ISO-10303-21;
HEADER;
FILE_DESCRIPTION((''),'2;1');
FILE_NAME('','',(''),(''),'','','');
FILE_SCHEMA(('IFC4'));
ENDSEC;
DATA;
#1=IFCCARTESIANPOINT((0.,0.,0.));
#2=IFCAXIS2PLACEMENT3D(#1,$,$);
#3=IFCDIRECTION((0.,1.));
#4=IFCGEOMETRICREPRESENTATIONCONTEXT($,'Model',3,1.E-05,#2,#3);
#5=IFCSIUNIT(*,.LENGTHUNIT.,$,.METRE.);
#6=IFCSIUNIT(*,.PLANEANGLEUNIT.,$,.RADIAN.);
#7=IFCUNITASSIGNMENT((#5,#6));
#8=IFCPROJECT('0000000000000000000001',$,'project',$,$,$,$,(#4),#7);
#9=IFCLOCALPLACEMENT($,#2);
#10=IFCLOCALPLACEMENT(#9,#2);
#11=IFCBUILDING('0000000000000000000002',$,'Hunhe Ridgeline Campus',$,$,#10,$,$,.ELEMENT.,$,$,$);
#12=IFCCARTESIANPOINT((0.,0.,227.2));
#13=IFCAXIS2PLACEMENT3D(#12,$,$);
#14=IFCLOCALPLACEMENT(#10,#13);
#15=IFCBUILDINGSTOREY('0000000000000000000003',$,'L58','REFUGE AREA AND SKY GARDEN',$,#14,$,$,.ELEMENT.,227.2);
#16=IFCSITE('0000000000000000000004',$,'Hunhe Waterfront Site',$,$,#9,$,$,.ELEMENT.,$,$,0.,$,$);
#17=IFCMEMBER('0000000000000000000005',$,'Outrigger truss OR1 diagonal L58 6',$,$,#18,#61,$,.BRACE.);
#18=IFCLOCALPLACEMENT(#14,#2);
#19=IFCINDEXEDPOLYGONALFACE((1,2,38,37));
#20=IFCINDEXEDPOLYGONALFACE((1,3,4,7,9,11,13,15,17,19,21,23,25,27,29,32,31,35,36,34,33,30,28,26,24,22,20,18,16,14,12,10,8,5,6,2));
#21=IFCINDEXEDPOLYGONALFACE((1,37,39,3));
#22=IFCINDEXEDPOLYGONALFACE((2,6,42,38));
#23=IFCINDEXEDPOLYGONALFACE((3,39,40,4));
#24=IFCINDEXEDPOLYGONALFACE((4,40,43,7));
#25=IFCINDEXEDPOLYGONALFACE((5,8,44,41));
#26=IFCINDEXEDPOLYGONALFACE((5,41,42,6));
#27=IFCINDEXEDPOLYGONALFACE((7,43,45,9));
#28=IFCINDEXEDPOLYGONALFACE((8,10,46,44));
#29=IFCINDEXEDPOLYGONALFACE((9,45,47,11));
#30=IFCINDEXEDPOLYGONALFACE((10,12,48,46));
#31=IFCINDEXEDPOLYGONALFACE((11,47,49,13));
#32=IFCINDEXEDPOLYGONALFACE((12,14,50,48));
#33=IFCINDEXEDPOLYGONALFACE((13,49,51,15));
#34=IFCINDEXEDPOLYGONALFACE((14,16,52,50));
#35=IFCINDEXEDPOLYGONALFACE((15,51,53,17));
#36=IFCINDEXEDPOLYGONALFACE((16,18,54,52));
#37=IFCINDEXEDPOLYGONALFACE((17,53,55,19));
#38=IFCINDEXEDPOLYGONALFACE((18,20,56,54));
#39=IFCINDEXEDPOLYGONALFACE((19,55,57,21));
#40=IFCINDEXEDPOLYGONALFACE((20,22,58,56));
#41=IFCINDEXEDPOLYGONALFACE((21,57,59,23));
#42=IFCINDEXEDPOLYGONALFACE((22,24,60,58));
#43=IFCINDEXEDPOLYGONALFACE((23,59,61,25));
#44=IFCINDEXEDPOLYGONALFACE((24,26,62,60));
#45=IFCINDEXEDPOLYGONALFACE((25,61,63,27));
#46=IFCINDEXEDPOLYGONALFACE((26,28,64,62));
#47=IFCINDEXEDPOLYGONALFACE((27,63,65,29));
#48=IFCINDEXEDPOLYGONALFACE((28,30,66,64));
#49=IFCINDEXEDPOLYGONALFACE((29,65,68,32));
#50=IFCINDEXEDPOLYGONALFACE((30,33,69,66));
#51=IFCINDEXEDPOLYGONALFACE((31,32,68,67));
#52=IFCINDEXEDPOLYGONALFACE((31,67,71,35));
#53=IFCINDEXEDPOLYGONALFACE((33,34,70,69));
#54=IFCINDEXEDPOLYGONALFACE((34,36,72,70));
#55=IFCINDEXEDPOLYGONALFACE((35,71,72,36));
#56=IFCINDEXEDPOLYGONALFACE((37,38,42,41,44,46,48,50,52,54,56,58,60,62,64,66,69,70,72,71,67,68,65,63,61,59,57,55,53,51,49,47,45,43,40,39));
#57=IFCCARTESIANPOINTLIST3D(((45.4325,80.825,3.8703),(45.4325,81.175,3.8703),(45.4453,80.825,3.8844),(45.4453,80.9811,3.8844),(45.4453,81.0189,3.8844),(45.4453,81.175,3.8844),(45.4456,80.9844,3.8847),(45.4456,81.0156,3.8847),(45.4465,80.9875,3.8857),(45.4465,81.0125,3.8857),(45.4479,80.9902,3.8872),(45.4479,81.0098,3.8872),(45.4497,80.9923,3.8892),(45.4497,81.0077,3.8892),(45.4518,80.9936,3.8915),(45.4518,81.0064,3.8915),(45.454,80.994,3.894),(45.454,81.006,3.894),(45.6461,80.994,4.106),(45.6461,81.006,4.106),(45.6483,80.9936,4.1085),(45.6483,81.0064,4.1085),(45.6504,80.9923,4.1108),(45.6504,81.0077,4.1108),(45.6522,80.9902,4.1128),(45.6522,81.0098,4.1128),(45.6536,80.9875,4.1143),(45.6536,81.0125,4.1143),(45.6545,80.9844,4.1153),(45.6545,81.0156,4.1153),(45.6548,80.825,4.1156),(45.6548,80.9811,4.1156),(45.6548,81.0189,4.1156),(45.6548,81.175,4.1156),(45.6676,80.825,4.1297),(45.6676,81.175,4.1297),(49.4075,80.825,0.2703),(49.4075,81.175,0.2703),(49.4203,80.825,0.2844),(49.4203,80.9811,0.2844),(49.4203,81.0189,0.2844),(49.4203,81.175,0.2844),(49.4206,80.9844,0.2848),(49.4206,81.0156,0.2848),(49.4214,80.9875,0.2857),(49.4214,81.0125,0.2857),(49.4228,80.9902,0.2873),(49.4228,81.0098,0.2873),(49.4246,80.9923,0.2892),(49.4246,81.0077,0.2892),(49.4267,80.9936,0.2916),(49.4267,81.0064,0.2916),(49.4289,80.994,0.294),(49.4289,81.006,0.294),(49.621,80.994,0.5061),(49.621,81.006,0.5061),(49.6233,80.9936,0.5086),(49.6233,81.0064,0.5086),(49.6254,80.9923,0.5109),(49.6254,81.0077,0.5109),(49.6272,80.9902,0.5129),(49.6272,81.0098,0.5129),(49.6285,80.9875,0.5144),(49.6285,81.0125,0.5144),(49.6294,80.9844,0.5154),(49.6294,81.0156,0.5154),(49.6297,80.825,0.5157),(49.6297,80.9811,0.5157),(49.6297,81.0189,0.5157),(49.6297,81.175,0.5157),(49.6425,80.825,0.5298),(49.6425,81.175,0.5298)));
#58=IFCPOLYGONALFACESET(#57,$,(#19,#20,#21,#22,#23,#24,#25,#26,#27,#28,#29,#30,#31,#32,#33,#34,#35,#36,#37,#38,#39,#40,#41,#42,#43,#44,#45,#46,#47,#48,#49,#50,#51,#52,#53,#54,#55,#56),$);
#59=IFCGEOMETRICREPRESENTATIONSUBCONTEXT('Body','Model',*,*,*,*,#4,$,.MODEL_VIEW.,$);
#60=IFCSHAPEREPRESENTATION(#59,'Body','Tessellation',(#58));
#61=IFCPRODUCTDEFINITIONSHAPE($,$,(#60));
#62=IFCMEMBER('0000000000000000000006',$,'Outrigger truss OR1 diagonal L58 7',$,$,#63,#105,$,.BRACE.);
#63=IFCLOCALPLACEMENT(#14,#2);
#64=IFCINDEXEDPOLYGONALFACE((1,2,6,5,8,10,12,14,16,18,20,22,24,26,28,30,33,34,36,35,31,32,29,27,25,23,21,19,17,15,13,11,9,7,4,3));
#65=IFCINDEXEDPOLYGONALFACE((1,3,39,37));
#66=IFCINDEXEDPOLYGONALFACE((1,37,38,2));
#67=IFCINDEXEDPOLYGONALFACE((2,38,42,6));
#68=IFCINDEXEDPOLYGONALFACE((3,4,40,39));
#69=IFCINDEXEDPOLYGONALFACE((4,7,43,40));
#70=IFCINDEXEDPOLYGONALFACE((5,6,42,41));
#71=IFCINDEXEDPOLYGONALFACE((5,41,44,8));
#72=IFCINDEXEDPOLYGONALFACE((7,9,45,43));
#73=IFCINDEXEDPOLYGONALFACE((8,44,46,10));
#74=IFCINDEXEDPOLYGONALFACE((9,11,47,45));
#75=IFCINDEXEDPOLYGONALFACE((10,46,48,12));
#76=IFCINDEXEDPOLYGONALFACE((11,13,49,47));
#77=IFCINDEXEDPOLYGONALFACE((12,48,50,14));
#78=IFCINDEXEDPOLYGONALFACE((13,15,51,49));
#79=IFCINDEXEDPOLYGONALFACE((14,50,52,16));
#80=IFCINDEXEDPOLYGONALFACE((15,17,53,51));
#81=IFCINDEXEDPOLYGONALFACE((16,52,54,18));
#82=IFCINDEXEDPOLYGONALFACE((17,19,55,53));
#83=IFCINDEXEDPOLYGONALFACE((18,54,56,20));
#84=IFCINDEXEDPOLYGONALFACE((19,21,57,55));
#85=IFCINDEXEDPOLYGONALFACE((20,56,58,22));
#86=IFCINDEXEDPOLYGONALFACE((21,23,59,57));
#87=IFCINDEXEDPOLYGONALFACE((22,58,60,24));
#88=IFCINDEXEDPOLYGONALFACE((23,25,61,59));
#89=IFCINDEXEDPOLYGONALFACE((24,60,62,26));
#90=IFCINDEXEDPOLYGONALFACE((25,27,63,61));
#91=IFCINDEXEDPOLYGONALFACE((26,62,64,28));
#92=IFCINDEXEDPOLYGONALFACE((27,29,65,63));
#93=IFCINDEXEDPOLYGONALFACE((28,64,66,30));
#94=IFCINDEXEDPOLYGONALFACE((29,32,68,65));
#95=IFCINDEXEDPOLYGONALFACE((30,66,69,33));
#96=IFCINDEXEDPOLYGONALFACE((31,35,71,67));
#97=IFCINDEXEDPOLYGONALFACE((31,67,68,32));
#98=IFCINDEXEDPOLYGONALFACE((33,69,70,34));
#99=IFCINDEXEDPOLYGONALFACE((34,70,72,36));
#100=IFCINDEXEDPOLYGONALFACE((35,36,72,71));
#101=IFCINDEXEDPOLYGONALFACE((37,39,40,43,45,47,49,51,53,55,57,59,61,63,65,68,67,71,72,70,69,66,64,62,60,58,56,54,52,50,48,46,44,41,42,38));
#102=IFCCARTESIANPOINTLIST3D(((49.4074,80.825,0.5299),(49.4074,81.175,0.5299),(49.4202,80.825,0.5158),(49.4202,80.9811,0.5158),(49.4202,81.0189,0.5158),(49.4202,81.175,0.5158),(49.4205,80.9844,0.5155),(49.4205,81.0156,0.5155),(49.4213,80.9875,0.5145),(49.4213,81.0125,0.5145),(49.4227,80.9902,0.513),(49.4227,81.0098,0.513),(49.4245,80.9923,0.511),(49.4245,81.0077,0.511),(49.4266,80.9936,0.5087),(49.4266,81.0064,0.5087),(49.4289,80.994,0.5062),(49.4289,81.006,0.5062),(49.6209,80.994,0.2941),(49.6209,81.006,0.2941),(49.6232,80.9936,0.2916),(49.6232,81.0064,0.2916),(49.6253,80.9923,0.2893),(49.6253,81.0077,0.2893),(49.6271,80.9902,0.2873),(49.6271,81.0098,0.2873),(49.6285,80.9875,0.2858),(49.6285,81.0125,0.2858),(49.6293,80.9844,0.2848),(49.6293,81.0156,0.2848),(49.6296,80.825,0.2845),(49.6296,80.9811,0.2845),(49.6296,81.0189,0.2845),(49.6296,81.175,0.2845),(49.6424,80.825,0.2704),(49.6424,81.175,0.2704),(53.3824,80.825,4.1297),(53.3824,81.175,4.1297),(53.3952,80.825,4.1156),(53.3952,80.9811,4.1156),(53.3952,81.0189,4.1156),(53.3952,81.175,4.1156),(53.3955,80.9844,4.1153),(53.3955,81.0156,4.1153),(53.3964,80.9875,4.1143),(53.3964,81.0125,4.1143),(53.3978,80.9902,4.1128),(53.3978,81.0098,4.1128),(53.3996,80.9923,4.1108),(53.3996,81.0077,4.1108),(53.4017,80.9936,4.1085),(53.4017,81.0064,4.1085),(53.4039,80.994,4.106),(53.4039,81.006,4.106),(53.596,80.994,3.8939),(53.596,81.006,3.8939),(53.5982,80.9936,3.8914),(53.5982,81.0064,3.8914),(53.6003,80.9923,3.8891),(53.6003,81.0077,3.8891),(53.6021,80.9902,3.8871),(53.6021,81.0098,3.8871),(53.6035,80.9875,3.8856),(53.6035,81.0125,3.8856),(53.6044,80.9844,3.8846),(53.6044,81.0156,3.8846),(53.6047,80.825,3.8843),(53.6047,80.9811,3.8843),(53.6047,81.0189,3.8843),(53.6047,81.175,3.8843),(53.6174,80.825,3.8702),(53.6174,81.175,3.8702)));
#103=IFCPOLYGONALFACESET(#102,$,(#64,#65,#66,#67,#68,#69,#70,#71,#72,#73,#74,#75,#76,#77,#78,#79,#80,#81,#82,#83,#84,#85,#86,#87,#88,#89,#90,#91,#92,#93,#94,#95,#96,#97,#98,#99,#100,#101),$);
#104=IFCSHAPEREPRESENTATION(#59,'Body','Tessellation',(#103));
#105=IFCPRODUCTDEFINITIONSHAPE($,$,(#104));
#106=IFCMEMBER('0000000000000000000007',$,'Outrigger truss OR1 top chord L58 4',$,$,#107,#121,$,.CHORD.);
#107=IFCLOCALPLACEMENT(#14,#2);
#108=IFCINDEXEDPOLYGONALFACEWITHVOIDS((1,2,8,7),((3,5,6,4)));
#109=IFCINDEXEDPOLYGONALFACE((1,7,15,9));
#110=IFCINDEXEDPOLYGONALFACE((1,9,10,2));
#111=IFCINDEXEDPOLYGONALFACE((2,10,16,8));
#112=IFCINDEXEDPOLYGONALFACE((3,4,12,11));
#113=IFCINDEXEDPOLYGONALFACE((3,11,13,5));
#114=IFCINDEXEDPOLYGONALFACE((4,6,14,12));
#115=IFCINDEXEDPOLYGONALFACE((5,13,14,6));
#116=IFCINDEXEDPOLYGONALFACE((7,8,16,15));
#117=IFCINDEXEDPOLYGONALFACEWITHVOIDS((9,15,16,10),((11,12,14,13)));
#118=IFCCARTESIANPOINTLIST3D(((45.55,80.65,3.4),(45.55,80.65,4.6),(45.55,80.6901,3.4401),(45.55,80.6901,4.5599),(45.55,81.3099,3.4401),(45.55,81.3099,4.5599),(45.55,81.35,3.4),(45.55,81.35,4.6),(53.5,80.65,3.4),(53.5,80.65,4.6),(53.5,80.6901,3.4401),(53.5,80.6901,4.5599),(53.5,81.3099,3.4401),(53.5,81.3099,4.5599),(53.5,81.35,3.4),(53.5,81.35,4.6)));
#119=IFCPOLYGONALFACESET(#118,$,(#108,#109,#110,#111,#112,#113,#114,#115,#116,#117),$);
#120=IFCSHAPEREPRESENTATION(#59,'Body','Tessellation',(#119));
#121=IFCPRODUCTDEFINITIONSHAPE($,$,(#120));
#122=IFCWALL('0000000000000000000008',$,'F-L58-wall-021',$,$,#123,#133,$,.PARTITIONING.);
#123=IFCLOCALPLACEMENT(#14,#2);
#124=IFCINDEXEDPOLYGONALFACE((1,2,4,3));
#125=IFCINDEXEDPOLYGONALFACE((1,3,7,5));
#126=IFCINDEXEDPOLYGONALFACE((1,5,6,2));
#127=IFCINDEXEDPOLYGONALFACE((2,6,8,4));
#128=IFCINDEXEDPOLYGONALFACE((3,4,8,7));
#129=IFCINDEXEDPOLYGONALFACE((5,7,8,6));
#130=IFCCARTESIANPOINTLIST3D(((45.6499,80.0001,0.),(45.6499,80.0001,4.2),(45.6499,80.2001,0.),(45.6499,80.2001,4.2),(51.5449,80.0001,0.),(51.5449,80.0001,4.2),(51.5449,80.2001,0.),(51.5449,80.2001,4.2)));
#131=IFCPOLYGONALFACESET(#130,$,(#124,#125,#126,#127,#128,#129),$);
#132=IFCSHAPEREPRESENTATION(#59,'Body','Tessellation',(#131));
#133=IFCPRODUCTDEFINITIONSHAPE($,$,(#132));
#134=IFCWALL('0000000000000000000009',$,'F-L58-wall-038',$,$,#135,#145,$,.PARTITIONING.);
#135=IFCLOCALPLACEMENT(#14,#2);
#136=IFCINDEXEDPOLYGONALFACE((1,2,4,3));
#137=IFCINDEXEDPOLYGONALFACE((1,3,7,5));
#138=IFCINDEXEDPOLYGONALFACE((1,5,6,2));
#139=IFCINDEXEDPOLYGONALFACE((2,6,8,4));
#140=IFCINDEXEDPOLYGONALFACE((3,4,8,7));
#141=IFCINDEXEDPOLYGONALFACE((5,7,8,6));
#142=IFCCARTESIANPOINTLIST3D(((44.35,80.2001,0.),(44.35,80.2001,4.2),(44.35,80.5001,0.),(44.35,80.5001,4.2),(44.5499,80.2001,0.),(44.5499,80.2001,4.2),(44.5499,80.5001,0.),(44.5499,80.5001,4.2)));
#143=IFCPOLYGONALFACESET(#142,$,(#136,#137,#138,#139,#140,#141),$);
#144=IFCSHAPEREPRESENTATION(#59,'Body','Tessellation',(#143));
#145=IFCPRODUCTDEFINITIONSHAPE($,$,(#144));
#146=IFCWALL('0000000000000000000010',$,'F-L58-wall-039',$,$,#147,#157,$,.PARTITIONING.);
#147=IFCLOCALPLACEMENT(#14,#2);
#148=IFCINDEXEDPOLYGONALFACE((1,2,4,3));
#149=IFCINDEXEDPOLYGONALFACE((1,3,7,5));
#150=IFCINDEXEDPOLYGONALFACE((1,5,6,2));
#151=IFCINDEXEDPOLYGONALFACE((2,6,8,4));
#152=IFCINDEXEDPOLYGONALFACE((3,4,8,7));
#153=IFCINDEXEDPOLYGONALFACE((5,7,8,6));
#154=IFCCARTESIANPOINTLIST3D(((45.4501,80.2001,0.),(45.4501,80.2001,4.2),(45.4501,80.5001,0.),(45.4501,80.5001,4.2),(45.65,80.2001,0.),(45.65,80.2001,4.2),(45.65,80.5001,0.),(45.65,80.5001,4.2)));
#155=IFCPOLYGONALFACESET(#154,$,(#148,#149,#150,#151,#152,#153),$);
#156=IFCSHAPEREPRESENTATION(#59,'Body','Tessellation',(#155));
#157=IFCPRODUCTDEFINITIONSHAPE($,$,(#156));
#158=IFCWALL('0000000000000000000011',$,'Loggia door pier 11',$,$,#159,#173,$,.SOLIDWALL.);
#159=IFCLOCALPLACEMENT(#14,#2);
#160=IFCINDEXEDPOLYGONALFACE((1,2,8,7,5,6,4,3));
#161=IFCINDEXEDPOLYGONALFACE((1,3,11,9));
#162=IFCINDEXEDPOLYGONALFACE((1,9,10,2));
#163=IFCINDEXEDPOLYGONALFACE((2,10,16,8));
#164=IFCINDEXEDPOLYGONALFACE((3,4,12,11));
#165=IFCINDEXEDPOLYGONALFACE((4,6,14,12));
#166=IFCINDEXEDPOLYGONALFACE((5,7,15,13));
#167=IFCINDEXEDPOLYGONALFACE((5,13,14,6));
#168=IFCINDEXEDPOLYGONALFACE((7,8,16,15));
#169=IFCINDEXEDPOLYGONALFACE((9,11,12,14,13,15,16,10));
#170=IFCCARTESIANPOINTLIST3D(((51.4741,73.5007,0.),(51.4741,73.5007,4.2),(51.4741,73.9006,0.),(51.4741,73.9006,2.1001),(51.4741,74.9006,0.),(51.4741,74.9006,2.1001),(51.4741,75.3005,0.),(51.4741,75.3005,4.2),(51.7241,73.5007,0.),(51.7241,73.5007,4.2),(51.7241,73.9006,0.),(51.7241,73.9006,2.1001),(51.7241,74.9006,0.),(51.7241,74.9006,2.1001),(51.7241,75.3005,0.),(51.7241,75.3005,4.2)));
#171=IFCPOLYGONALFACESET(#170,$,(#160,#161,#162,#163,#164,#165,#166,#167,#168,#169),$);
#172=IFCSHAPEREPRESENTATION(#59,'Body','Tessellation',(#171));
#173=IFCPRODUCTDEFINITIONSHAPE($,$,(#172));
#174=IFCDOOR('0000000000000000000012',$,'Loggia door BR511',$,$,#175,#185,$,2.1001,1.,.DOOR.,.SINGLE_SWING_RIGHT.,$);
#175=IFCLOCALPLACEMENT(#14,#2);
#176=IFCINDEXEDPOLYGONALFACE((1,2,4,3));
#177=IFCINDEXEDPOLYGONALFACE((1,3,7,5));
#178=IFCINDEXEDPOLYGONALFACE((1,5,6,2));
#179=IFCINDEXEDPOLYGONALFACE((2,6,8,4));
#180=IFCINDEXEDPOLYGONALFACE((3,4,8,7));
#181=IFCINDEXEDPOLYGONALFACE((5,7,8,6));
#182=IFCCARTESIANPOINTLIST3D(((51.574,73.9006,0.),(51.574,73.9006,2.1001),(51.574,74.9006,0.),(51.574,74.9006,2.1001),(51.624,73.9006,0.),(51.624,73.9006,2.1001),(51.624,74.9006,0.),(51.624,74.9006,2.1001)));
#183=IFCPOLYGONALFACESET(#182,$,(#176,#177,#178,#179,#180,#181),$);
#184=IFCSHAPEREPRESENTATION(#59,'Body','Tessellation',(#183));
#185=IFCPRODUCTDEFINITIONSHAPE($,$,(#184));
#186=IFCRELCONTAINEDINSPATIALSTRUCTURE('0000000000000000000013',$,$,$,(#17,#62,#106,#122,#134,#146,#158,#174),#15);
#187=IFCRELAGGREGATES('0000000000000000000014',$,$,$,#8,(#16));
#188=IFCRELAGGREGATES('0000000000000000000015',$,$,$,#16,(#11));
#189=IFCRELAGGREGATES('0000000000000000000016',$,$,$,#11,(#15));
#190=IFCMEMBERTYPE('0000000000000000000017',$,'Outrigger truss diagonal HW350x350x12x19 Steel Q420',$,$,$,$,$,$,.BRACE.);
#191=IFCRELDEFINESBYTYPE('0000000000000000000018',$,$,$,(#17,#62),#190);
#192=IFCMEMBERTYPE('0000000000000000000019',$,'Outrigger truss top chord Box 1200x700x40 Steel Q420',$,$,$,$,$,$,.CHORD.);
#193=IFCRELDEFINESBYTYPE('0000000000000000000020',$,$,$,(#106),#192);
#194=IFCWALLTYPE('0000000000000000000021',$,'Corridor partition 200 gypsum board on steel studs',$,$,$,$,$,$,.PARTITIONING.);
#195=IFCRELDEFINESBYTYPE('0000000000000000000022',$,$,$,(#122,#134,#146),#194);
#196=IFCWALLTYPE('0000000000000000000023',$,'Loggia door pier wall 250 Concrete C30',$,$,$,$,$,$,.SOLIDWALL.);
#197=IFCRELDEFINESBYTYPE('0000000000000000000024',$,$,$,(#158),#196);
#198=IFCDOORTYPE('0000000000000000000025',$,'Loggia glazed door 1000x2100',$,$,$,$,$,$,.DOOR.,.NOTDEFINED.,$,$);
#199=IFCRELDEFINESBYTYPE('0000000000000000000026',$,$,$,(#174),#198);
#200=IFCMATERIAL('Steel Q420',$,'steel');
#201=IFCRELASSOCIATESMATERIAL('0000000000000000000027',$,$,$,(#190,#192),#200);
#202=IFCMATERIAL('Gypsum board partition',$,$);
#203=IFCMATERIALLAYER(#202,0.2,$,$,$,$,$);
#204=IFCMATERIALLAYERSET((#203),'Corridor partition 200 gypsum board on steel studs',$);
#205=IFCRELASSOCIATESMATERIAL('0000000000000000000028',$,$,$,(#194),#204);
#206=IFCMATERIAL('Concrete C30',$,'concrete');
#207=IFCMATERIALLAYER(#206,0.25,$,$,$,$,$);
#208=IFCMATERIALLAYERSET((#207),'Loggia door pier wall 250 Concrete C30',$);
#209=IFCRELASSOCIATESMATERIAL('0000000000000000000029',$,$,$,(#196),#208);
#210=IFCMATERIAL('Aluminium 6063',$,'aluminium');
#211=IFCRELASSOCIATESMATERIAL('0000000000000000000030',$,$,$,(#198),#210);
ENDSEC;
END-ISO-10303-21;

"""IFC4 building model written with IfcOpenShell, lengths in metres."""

from ifc_helpers import new_model, si_unit, direction, frame, frame_2d, origin, origin_2d, place, context, subcontext, project, spatial, rectangle, hollow_rectangle, i_section, extrude, material, layer, layer_set, material_profile, profile_set, type_object, element, fill, save


model = new_model("IFC4")

# Units and contexts
model_context = context("Model", 3, precision=1e-05, world=origin(), true_north=direction((0.0, 1.0)))
body_context = subcontext(model_context, "Body", "Model", "MODEL_VIEW")
ifc_project = project(units=[si_unit("LENGTHUNIT", "METRE"), si_unit("PLANEANGLEUNIT", "RADIAN")], contexts=[model_context])

# Site, building, storey
site_placement = place(None, origin())
site = spatial("IfcSite", under=ifc_project, at=site_placement, Name="Hunhe Waterfront Site", CompositionType="ELEMENT", RefElevation=0.0)
building_placement = place(site_placement, origin())
building = spatial("IfcBuilding", under=site, at=building_placement, Name="Hunhe Ridgeline Campus", CompositionType="ELEMENT")
storey_placement = place(building_placement, frame((0.0, 0.0, 227.2)))
storey = spatial("IfcBuildingStorey", under=building, at=storey_placement, Name="L58", Description="REFUGE AREA AND SKY GARDEN", CompositionType="ELEMENT", Elevation=227.2)

# Members
ifc_material_1 = material(Name="Steel Q420", Category="steel")
ifc_material_2 = material(Name="Aluminium 6063", Category="aluminium")
ifc_material_profile_1 = material_profile(ifc_material_1, i_section(OverallWidth=0.3501, OverallDepth=0.3501, WebThickness=0.012, FlangeThickness=0.019, FilletRadius=0.0129, at=origin_2d()))
ifc_profile_set_1 = profile_set([ifc_material_profile_1], Name="Steel Q420")
member_type_1 = type_object("IfcMemberType", Name="Outrigger truss diagonal HW350x350x12x19 Steel Q420", PredefinedType="BRACE", material=ifc_profile_set_1)
for number, where, z_axis, x_axis, name in (
    (1, (45.55, 81.0, 4.0), (0.741206, 0.0, -0.671278), (0.0, 1.0, 0.0), "Outrigger truss OR1 diagonal L58 6"),
    (2, (49.5249, 81.0, 0.4001), (0.741226, 0.0, 0.671255), (0.0, 1.0, 0.0), "Outrigger truss OR1 diagonal L58 7"),
):
    element("IfcMember", number, at=place(storey_placement, frame(where, z_axis=z_axis, x_axis=x_axis)), inside=storey, type_object=member_type_1, Name=name, PredefinedType="BRACE", context=body_context, shape_type="SweptSolid", body=[
        extrude(i_section(OverallWidth=0.3501, OverallDepth=0.3501, WebThickness=0.012, FlangeThickness=0.019, FilletRadius=0.0129, at=origin_2d()), origin(), (0.0, 0.0, 1.0), 5.3628),
    ])
ifc_material_profile_2 = material_profile(ifc_material_1, hollow_rectangle(XDim=0.7, YDim=1.2, WallThickness=0.04, at=origin_2d()))
ifc_profile_set_2 = profile_set([ifc_material_profile_2], Name="Steel Q420")
member_type_2 = type_object("IfcMemberType", Name="Outrigger truss top chord Box 1200x700x40 Steel Q420", PredefinedType="CHORD", material=ifc_profile_set_2)
member_1_placement = place(storey_placement, frame((45.55, 81.0, 4.0), z_axis=(1.0, 0.0, 0.0), x_axis=(0.0, 1.0, 0.0)))
element("IfcMember", 3, at=member_1_placement, inside=storey, type_object=member_type_2, Name="Outrigger truss OR1 top chord L58 4", PredefinedType="CHORD", context=body_context, shape_type="SweptSolid", body=[
    extrude(hollow_rectangle(XDim=0.7, YDim=1.2, WallThickness=0.04, at=origin_2d()), origin(), (0.0, 0.0, 1.0), 7.95),
])

# Walls
ifc_material_3 = material(Name="Gypsum board partition")
ifc_layer_1 = layer(ifc_material_3, 0.2)
ifc_layer_set_1 = layer_set([ifc_layer_1], Name="Corridor partition 200 gypsum board on steel studs")
wall_type_1 = type_object("IfcWallType", Name="Corridor partition 200 gypsum board on steel studs", PredefinedType="PARTITIONING", material=ifc_layer_set_1)
wall_1_placement = place(storey_placement, frame((45.6499, 80.1001, 0.0), z_axis=(0.0, 0.0, 1.0), x_axis=(1.0, 0.0, 0.0)))
element("IfcWall", 4, at=wall_1_placement, inside=storey, type_object=wall_type_1, Name="F-L58-wall-021", PredefinedType="PARTITIONING", context=body_context, shape_type="SweptSolid", body=[
    extrude(rectangle(XDim=5.895, YDim=0.2, at=frame_2d((2.9475, 0.0))), origin(), (0.0, 0.0, 1.0), 4.2),
])
for number, where, z_axis, x_axis, name in (
    (5, (44.45, 80.5, 0.0), (0.0, 0.0, 1.0), (0.0, -1.0, 0.0), "F-L58-wall-038"),
    (6, (45.55, 80.5, 0.0), (0.0, 0.0, 1.0), (0.0, -1.0, 0.0), "F-L58-wall-039"),
):
    element("IfcWall", number, at=place(storey_placement, frame(where, z_axis=z_axis, x_axis=x_axis)), inside=storey, type_object=wall_type_1, Name=name, PredefinedType="PARTITIONING", context=body_context, shape_type="SweptSolid", body=[
        extrude(rectangle(XDim=0.3, YDim=0.2, at=frame_2d((0.1499, 0.0))), origin(), (0.0, 0.0, 1.0), 4.2),
    ])

# Wall, opening, door
ifc_material_4 = material(Name="Concrete C30", Category="concrete")
ifc_layer_2 = layer(ifc_material_4, 0.25)
ifc_layer_set_2 = layer_set([ifc_layer_2], Name="Loggia door pier wall 250 Concrete C30")
wall_type_2 = type_object("IfcWallType", Name="Loggia door pier wall 250 Concrete C30", PredefinedType="SOLIDWALL", material=ifc_layer_set_2)
wall_2_placement = place(storey_placement, frame((51.5991, 73.5007, 0.0), z_axis=(0.0, 0.0, 1.0), x_axis=(0.0, 1.0, 0.0)))
wall_2 = element("IfcWall", 7, at=wall_2_placement, inside=storey, type_object=wall_type_2, Name="Loggia door pier 11", PredefinedType="SOLIDWALL", context=body_context, shape_type="SweptSolid", body=[
    extrude(rectangle(XDim=1.7998, YDim=0.25, at=frame_2d((0.8999, 0.0))), origin(), (0.0, 0.0, 1.0), 4.2),
])
opening_placement = place(wall_2_placement, frame((0.3999, 0.0, 0.0)))
opening = element("IfcOpeningElement", 8, at=opening_placement, cuts=wall_2, PredefinedType="OPENING", context=body_context, shape_type="SweptSolid", body=[
    extrude(rectangle(XDim=1.0, YDim=2.1001, at=frame_2d((0.5, 1.05))), frame((0.0, 0.125, 0.0), z_axis=(0.0, -1.0, 0.0), x_axis=(1.0, 0.0, 0.0)), (0.0, 0.0, 1.0), 0.25),
])
door_type = type_object("IfcDoorType", Name="Loggia glazed door 1000x2100", OperationType="NOTDEFINED", PredefinedType="DOOR", material=ifc_material_2)
door_placement = place(opening_placement, frame((1.0, 0.0, 0.0), z_axis=(0.0, 0.0, 1.0), x_axis=(-1.0, 0.0, 0.0)))
door = element("IfcDoor", 9, at=door_placement, inside=storey, type_object=door_type, Name="Loggia door BR511", OperationType="SINGLE_SWING_RIGHT", OverallHeight=2.1001, OverallWidth=1.0, PredefinedType="DOOR", context=body_context, shape_type="SweptSolid", body=[
    extrude(rectangle(XDim=1.0, YDim=2.1001, at=frame_2d((0.5, 1.05))), frame((0.0, 0.0249, 0.0), z_axis=(0.0, -1.0, 0.0), x_axis=(1.0, 0.0, 0.0)), (0.0, 0.0, 1.0), 0.05),
])
fill(opening, door)

save(model, "model.ifc")
